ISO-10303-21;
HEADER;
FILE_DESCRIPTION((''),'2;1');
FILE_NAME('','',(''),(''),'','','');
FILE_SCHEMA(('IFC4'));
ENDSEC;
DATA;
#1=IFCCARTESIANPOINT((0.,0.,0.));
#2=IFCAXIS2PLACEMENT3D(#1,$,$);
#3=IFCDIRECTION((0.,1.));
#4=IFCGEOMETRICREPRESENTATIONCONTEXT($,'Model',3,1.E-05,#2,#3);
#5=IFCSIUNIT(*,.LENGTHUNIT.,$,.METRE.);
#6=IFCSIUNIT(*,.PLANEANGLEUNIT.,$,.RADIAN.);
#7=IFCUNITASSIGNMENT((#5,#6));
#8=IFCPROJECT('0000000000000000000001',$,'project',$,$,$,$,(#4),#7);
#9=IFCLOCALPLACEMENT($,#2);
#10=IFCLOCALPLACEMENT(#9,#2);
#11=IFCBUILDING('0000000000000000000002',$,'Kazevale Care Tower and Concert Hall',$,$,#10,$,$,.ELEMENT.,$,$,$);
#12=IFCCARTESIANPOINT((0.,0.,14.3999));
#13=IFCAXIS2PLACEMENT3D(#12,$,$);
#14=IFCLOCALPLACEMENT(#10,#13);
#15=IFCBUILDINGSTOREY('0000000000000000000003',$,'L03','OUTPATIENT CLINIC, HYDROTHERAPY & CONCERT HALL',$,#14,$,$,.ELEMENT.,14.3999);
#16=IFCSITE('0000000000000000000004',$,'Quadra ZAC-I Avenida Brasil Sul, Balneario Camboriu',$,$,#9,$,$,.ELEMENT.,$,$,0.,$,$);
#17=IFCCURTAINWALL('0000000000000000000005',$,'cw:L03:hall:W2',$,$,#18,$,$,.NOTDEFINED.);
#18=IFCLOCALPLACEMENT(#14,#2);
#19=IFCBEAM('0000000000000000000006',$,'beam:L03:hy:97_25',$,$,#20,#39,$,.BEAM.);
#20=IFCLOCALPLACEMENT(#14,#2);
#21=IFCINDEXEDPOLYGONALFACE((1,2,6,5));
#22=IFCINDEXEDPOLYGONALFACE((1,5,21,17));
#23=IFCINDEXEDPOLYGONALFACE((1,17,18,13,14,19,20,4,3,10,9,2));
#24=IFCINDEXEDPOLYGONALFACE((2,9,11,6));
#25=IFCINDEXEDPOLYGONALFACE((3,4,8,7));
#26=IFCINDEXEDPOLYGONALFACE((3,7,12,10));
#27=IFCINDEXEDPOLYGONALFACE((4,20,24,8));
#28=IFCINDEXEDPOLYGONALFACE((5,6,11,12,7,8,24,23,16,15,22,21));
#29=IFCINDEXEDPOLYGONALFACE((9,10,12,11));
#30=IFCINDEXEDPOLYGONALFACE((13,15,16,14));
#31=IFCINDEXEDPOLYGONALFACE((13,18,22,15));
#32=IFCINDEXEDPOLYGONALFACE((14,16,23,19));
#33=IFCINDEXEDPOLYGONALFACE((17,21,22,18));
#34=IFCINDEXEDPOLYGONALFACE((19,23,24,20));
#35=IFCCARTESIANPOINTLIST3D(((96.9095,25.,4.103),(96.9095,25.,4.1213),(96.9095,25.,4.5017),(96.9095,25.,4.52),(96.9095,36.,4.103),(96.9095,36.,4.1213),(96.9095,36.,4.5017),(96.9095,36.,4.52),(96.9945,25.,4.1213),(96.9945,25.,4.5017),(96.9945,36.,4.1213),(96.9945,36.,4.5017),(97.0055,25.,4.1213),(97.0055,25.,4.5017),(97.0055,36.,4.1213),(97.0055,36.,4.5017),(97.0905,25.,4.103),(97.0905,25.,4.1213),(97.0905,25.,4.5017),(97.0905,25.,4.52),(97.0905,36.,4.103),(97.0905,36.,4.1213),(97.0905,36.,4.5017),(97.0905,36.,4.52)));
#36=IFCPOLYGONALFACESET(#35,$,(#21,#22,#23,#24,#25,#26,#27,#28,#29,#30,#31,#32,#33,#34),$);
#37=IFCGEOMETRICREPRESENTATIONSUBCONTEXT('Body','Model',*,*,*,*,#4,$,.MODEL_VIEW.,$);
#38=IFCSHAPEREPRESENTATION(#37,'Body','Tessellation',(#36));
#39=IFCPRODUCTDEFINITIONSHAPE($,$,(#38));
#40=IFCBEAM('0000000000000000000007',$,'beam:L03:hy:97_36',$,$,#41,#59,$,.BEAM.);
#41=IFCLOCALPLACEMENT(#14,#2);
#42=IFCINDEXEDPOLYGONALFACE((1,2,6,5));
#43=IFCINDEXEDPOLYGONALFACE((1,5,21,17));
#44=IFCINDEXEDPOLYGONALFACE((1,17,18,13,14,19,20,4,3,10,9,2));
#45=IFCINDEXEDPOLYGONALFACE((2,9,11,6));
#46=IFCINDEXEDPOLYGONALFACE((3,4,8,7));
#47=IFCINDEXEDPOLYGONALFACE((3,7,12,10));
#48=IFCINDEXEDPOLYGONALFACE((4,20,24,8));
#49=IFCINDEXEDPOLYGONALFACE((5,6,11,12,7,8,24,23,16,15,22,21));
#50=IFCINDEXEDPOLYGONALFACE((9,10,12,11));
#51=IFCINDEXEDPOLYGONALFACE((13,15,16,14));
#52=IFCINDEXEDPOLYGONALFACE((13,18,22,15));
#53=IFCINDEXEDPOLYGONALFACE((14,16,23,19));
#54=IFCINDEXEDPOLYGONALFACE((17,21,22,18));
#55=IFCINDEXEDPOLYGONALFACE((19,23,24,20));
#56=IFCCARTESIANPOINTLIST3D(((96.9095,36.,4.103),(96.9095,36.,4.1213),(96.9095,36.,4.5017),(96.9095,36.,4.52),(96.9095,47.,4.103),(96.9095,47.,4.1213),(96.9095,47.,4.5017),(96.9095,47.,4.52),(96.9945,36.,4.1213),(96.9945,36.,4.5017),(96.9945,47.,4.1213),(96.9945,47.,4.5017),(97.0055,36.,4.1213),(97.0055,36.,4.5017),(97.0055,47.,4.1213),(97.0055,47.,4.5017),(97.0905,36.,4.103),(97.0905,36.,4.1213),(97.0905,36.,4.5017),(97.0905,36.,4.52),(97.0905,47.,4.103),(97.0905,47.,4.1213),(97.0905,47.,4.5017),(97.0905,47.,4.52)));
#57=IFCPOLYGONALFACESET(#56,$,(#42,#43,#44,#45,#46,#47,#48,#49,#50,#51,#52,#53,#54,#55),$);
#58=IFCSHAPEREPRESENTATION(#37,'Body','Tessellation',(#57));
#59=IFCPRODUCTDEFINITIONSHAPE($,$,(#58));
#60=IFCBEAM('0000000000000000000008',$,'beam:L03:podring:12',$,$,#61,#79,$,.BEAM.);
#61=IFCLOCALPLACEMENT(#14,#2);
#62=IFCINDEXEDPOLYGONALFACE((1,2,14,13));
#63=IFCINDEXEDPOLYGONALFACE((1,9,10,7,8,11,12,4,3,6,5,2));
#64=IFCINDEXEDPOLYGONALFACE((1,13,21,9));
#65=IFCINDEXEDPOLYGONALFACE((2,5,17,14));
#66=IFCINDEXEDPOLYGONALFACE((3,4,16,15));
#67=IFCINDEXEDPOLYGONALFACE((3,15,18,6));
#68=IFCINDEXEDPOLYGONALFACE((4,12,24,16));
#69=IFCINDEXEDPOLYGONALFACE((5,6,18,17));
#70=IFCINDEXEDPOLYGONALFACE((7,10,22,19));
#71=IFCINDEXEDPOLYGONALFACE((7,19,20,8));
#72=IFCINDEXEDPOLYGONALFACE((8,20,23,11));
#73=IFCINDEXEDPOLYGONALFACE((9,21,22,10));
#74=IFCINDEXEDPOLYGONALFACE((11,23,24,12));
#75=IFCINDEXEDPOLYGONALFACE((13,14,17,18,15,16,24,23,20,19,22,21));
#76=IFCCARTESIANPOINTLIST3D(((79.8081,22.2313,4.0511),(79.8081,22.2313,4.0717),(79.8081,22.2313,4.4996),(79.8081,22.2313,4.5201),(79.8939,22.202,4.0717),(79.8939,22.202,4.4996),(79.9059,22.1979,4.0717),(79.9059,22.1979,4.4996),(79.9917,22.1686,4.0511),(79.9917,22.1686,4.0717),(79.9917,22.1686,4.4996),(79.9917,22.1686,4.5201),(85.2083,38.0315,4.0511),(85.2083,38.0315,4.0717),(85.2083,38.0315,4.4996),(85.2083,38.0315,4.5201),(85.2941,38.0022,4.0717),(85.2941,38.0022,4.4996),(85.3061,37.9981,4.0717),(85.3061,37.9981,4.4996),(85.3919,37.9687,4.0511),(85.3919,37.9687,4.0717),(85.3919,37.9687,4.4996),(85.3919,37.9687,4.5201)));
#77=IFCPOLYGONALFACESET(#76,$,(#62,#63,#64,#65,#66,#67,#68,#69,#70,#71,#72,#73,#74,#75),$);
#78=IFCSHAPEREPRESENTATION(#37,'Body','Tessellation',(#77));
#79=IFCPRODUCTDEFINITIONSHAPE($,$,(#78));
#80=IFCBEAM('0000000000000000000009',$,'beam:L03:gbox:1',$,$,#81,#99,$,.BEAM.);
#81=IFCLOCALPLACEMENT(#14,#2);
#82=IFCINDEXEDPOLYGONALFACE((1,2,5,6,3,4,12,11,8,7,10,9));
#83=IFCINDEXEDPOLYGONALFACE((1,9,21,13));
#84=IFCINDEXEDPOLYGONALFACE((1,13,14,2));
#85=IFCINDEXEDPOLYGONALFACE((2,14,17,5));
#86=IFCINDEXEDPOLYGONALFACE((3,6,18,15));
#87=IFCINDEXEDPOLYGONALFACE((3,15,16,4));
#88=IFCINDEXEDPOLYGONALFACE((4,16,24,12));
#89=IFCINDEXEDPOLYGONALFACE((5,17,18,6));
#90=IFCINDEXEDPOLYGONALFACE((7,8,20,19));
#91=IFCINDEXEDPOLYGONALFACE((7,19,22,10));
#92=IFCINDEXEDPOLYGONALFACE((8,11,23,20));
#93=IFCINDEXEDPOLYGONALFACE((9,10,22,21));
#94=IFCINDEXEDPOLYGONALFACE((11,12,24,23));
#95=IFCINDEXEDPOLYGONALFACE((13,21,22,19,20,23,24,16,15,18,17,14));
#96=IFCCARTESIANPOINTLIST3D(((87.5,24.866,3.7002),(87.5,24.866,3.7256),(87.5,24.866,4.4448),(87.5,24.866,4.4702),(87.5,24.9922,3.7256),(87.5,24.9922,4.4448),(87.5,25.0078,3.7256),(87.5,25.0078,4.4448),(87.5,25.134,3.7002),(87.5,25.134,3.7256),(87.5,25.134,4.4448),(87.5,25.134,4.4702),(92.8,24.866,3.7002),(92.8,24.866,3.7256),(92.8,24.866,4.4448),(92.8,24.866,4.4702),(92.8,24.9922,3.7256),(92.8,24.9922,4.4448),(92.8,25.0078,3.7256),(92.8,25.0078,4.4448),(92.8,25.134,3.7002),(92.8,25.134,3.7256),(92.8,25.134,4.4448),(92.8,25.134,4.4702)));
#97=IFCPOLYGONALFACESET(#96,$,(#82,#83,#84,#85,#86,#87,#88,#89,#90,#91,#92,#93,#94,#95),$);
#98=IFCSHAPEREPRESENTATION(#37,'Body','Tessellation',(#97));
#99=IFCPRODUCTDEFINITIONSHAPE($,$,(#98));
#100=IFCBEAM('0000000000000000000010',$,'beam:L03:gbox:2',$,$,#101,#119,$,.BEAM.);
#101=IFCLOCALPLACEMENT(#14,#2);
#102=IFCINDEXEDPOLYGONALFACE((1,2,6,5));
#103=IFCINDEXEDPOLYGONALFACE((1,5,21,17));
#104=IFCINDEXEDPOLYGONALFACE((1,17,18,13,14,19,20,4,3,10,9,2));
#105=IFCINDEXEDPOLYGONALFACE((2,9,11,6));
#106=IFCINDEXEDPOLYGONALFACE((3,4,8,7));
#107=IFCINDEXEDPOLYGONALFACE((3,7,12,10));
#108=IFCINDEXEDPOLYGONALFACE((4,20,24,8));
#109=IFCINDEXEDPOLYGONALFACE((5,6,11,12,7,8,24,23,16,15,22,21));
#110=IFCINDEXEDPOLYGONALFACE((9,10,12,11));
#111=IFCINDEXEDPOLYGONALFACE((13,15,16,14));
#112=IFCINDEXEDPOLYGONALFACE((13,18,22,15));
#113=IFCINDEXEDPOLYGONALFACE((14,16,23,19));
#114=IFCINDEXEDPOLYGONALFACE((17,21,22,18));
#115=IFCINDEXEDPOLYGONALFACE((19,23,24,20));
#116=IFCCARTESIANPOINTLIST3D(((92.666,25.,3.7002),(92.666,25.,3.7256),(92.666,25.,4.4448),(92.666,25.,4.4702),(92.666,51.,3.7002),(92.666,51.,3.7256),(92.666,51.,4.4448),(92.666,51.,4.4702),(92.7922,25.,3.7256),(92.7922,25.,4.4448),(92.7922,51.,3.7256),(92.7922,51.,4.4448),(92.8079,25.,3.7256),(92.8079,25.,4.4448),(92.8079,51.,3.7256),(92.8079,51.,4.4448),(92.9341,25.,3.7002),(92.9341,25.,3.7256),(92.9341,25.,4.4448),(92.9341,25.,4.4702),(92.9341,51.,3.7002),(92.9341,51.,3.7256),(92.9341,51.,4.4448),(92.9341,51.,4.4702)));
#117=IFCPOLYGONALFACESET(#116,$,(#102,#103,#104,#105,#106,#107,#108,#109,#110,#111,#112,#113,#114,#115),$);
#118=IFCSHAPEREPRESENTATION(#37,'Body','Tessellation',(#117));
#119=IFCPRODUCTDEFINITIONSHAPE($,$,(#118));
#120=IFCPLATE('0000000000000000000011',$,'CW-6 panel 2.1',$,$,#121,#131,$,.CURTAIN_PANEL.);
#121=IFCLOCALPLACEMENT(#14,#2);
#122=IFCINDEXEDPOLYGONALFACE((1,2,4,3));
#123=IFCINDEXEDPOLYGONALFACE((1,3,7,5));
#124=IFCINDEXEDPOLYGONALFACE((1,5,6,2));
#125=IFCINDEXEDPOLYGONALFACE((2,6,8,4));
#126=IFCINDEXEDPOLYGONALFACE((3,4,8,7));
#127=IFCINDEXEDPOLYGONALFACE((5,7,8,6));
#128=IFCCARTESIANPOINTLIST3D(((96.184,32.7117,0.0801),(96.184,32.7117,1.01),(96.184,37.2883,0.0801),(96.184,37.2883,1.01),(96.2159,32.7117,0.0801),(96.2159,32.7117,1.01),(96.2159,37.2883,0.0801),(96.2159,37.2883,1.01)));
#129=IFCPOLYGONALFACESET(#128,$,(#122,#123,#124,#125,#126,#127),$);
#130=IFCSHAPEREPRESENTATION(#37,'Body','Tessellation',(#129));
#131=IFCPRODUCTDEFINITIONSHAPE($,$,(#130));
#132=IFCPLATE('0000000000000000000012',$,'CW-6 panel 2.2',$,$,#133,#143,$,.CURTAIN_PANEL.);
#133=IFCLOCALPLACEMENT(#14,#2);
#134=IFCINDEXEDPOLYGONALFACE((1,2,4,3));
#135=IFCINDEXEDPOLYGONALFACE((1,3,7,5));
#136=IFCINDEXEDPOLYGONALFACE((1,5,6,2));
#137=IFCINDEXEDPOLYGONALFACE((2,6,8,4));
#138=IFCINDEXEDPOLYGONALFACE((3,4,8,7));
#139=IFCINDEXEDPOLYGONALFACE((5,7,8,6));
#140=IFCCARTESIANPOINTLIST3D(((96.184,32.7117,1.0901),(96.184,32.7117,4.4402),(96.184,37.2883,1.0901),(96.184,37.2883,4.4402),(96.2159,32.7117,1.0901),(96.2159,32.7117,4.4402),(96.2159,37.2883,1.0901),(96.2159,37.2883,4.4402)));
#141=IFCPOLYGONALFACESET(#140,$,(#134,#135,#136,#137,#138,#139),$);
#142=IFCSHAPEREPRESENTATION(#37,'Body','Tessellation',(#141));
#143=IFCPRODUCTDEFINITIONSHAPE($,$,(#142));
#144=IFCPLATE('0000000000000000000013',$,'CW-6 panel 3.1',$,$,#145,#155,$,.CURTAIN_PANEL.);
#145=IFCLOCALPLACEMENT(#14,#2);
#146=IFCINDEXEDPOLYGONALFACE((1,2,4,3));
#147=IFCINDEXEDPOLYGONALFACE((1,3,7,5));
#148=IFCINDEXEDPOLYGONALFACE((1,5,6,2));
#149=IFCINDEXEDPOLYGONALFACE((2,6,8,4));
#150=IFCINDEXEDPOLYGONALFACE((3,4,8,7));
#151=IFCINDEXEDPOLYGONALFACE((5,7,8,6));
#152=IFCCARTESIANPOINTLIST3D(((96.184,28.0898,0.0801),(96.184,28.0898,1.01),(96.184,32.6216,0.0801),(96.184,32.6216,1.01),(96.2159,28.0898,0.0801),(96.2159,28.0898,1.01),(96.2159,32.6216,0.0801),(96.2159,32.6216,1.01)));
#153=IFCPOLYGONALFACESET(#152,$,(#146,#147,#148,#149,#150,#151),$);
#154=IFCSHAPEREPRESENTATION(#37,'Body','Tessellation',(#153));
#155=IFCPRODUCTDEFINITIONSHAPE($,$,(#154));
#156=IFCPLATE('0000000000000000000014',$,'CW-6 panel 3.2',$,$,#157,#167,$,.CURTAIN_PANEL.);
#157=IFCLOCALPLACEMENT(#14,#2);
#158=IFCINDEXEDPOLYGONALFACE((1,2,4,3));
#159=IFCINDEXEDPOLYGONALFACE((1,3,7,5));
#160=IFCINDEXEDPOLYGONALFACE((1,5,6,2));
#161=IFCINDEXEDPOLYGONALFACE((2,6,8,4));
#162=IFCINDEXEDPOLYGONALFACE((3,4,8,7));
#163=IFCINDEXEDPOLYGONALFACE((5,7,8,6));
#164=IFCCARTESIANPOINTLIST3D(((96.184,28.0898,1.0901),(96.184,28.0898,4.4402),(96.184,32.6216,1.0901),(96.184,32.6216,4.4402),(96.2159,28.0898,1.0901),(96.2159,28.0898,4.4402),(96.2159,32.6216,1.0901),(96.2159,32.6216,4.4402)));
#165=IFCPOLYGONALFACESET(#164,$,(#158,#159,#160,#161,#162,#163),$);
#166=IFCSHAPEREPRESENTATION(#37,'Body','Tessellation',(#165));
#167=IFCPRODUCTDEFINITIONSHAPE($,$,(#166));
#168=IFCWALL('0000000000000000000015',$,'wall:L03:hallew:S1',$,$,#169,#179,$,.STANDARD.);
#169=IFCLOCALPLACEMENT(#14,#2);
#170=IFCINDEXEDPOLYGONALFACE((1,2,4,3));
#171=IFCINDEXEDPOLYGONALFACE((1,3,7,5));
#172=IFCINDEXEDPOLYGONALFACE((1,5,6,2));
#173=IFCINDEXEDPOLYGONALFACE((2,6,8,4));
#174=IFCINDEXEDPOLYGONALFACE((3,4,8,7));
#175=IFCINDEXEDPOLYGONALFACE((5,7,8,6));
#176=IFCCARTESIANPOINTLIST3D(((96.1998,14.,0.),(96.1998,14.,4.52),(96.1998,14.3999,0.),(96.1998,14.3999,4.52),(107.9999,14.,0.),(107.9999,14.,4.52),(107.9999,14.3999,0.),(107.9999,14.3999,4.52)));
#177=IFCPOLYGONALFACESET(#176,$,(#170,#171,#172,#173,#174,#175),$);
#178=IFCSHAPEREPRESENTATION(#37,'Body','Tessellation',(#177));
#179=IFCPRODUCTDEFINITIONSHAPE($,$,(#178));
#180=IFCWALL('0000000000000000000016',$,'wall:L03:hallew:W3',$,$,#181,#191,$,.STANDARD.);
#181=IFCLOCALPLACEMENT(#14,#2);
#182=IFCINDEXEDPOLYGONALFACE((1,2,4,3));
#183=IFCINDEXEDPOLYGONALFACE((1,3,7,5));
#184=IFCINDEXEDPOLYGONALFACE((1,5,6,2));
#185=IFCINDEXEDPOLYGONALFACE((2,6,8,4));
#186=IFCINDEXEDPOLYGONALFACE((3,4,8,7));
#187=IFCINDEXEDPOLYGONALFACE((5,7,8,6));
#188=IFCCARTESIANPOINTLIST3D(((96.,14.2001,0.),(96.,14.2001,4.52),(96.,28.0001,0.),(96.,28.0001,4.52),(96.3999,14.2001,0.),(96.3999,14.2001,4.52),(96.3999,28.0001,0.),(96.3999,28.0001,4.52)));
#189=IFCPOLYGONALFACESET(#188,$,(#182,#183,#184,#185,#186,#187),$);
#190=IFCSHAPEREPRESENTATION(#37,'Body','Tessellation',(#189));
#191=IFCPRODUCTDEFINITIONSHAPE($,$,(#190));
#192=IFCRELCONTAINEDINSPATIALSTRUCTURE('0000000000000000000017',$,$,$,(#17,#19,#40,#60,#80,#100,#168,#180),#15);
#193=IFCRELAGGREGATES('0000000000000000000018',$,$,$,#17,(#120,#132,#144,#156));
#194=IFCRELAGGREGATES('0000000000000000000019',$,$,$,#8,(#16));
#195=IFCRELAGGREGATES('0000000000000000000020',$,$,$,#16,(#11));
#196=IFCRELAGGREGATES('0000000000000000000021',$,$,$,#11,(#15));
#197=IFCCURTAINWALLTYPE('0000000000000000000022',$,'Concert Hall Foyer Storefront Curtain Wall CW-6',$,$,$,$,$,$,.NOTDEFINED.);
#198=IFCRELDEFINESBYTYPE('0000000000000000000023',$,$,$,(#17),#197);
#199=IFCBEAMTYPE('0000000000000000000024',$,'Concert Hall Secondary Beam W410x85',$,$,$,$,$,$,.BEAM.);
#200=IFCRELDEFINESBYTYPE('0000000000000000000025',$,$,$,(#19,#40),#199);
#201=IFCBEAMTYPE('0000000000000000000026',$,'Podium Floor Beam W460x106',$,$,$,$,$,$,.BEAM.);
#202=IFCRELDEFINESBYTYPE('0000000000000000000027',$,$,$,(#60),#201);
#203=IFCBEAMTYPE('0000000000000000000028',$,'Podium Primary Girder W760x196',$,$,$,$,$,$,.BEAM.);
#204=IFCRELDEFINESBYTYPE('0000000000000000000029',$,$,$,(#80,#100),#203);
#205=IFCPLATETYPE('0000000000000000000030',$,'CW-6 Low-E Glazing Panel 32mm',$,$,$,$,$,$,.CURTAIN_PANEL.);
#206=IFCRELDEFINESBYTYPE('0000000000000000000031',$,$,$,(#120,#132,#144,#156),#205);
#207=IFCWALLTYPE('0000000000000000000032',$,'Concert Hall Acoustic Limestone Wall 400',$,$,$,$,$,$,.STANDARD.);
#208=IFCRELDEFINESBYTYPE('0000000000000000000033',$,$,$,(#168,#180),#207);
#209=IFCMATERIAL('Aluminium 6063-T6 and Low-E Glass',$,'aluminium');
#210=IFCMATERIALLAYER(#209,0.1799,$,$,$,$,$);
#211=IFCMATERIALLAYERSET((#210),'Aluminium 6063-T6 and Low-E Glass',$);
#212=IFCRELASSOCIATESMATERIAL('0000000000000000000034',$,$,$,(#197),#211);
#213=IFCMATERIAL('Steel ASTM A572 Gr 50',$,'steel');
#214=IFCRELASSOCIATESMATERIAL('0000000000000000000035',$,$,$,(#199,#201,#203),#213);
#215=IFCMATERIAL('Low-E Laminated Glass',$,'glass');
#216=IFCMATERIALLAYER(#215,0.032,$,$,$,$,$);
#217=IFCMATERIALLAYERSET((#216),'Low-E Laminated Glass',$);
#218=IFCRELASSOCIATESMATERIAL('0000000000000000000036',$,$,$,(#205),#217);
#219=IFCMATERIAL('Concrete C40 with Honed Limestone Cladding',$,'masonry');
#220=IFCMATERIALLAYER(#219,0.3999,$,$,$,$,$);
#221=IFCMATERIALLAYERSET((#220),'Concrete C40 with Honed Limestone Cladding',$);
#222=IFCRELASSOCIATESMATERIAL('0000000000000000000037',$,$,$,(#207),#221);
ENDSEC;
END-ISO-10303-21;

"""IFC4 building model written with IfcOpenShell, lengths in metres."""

from ifc_helpers import new_model, si_unit, direction, frame, frame_2d, origin, origin_2d, place, context, subcontext, project, spatial, rectangle, i_section, extrude, material, layer, layer_set, material_profile, profile_set, type_object, element, aggregate, save


model = new_model("IFC4")

# Units and contexts
model_context = context("Model", 3, precision=1e-05, world=origin(), true_north=direction((0.0, 1.0)))
body_context = subcontext(model_context, "Body", "Model", "MODEL_VIEW")
ifc_project = project(units=[si_unit("LENGTHUNIT", "METRE"), si_unit("PLANEANGLEUNIT", "RADIAN")], contexts=[model_context])

# Site, building, storey
site_placement = place(None, origin())
site = spatial("IfcSite", under=ifc_project, at=site_placement, Name="Quadra ZAC-I Avenida Brasil Sul, Balneario Camboriu", CompositionType="ELEMENT", RefElevation=0.0)
building_placement = place(site_placement, origin())
building = spatial("IfcBuilding", under=site, at=building_placement, Name="Kazevale Care Tower and Concert Hall", CompositionType="ELEMENT")
storey_placement = place(building_placement, frame((0.0, 0.0, 14.3999)))
storey = spatial("IfcBuildingStorey", under=building, at=storey_placement, Name="L03", Description="OUTPATIENT CLINIC, HYDROTHERAPY & CONCERT HALL", CompositionType="ELEMENT", Elevation=14.3999)

# Curtain wall
ifc_material_1 = material(Name="Aluminium 6063-T6 and Low-E Glass", Category="aluminium")
ifc_layer_1 = layer(ifc_material_1, 0.1799)
ifc_layer_set_1 = layer_set([ifc_layer_1], Name="Aluminium 6063-T6 and Low-E Glass")
curtain_wall_type = type_object("IfcCurtainWallType", Name="Concert Hall Foyer Storefront Curtain Wall CW-6", PredefinedType="NOTDEFINED", material=ifc_layer_set_1)
curtain_wall_placement = place(storey_placement, origin())
curtain_wall = element("IfcCurtainWall", 1, at=curtain_wall_placement, inside=storey, type_object=curtain_wall_type, Name="cw:L03:hall:W2", PredefinedType="NOTDEFINED")

# Beams
ifc_material_2 = material(Name="Steel ASTM A572 Gr 50", Category="steel")
ifc_material_profile_1 = material_profile(ifc_material_2, i_section(OverallWidth=0.1809, OverallDepth=0.417, WebThickness=0.011, FlangeThickness=0.0183, at=origin_2d()), Name="W410x85")
ifc_profile_set_1 = profile_set([ifc_material_profile_1], Name="Steel ASTM A572 Gr 50")
beam_type_1 = type_object("IfcBeamType", Name="Concert Hall Secondary Beam W410x85", PredefinedType="BEAM", material=ifc_profile_set_1)
for number, where, z_axis, x_axis, name in (
    (2, (97.0, 25.0, 4.3115), (0.0, 1.0, 0.0), (-1.0, 0.0, 0.0), "beam:L03:hy:97_25"),
    (3, (97.0, 36.0, 4.3115), (0.0, 1.0, 0.0), (-1.0, 0.0, 0.0), "beam:L03:hy:97_36"),
):
    element("IfcBeam", number, at=place(storey_placement, frame(where, z_axis=z_axis, x_axis=x_axis)), inside=storey, type_object=beam_type_1, Name=name, PredefinedType="BEAM", context=body_context, shape_type="SweptSolid", body=[
        extrude(i_section(OverallWidth=0.1809, OverallDepth=0.417, WebThickness=0.011, FlangeThickness=0.0183, at=origin_2d()), origin(), (0.0, 0.0, 1.0), 11.0),
    ])
ifc_material_profile_2 = material_profile(ifc_material_2, i_section(OverallWidth=0.1941, OverallDepth=0.469, WebThickness=0.0127, FlangeThickness=0.0205, at=origin_2d()), Name="W460x106")
ifc_profile_set_2 = profile_set([ifc_material_profile_2], Name="Steel ASTM A572 Gr 50")
beam_type_2 = type_object("IfcBeamType", Name="Podium Floor Beam W460x106", PredefinedType="BEAM", material=ifc_profile_set_2)
beam_1_placement = place(storey_placement, frame((79.8999, 22.2, 4.2856), z_axis=(0.323412, 0.946258, 0.0), x_axis=(-0.946258, 0.323412, 0.0)))
element("IfcBeam", 4, at=beam_1_placement, inside=storey, type_object=beam_type_2, Name="beam:L03:podring:12", PredefinedType="BEAM", context=body_context, shape_type="SweptSolid", body=[
    extrude(i_section(OverallWidth=0.1941, OverallDepth=0.469, WebThickness=0.0127, FlangeThickness=0.0205, at=origin_2d()), origin(), (0.0, 0.0, 1.0), 16.6975),
])
ifc_material_profile_3 = material_profile(ifc_material_2, i_section(OverallWidth=0.2681, OverallDepth=0.77, WebThickness=0.0156, FlangeThickness=0.0254, at=origin_2d()), Name="W760x196")
ifc_profile_set_3 = profile_set([ifc_material_profile_3], Name="Steel ASTM A572 Gr 50")
beam_type_3 = type_object("IfcBeamType", Name="Podium Primary Girder W760x196", PredefinedType="BEAM", material=ifc_profile_set_3)
beam_2_placement = place(storey_placement, frame((87.5, 25.0, 4.0852), z_axis=(1.0, 0.0, 0.0), x_axis=(0.0, 1.0, 0.0)))
element("IfcBeam", 5, at=beam_2_placement, inside=storey, type_object=beam_type_3, Name="beam:L03:gbox:1", PredefinedType="BEAM", context=body_context, shape_type="SweptSolid", body=[
    extrude(i_section(OverallWidth=0.2681, OverallDepth=0.77, WebThickness=0.0156, FlangeThickness=0.0254, at=origin_2d()), origin(), (0.0, 0.0, 1.0), 5.3),
])
beam_3_placement = place(storey_placement, frame((92.8, 25.0, 4.0852), z_axis=(0.0, 1.0, 0.0), x_axis=(-1.0, 0.0, 0.0)))
element("IfcBeam", 6, at=beam_3_placement, inside=storey, type_object=beam_type_3, Name="beam:L03:gbox:2", PredefinedType="BEAM", context=body_context, shape_type="SweptSolid", body=[
    extrude(i_section(OverallWidth=0.2681, OverallDepth=0.77, WebThickness=0.0156, FlangeThickness=0.0254, at=origin_2d()), origin(), (0.0, 0.0, 1.0), 26.0),
])

# Plates
ifc_material_3 = material(Name="Low-E Laminated Glass", Category="glass")
ifc_layer_2 = layer(ifc_material_3, 0.032)
ifc_layer_set_2 = layer_set([ifc_layer_2], Name="Low-E Laminated Glass")
plate_type = type_object("IfcPlateType", Name="CW-6 Low-E Glazing Panel 32mm", PredefinedType="CURTAIN_PANEL", material=ifc_layer_set_2)
plate_1_placement = place(storey_placement, frame((96.2, 35.0, 0.0801), z_axis=(0.0, 0.0, 1.0), x_axis=(0.0, -1.0, 0.0)))
plate_1 = element("IfcPlate", 7, at=plate_1_placement, type_object=plate_type, Name="CW-6 panel 2.1", PredefinedType="CURTAIN_PANEL", context=body_context, shape_type="SweptSolid", body=[
    extrude(rectangle(XDim=4.5767, YDim=0.032, at=origin_2d()), origin(), (0.0, 0.0, 1.0), 0.9299),
])
plate_2_placement = place(storey_placement, frame((96.2, 35.0, 1.0901), z_axis=(0.0, 0.0, 1.0), x_axis=(0.0, -1.0, 0.0)))
plate_2 = element("IfcPlate", 8, at=plate_2_placement, type_object=plate_type, Name="CW-6 panel 2.2", PredefinedType="CURTAIN_PANEL", context=body_context, shape_type="SweptSolid", body=[
    extrude(rectangle(XDim=4.5767, YDim=0.032, at=origin_2d()), origin(), (0.0, 0.0, 1.0), 3.3501),
])
plate_3_placement = place(storey_placement, frame((96.2, 30.3557, 0.0801), z_axis=(0.0, 0.0, 1.0), x_axis=(0.0, -1.0, 0.0)))
plate_3 = element("IfcPlate", 9, at=plate_3_placement, type_object=plate_type, Name="CW-6 panel 3.1", PredefinedType="CURTAIN_PANEL", context=body_context, shape_type="SweptSolid", body=[
    extrude(rectangle(XDim=4.5317, YDim=0.032, at=origin_2d()), origin(), (0.0, 0.0, 1.0), 0.9299),
])
plate_4_placement = place(storey_placement, frame((96.2, 30.3557, 1.0901), z_axis=(0.0, 0.0, 1.0), x_axis=(0.0, -1.0, 0.0)))
plate_4 = element("IfcPlate", 10, at=plate_4_placement, type_object=plate_type, Name="CW-6 panel 3.2", PredefinedType="CURTAIN_PANEL", context=body_context, shape_type="SweptSolid", body=[
    extrude(rectangle(XDim=4.5317, YDim=0.032, at=origin_2d()), origin(), (0.0, 0.0, 1.0), 3.3501),
])
aggregate(curtain_wall, [plate_1, plate_2, plate_3, plate_4])

# Walls
ifc_material_4 = material(Name="Concrete C40 with Honed Limestone Cladding", Category="masonry")
ifc_layer_3 = layer(ifc_material_4, 0.3999)
ifc_layer_set_3 = layer_set([ifc_layer_3], Name="Concrete C40 with Honed Limestone Cladding")
wall_type_1 = type_object("IfcWallType", Name="Concert Hall Acoustic Limestone Wall 400", PredefinedType="STANDARD", material=ifc_layer_set_3)
wall_1_placement = place(storey_placement, frame((96.2, 14.2, 0.0), z_axis=(0.0, 0.0, 1.0), x_axis=(1.0, 0.0, 0.0)))
element("IfcWall", 11, at=wall_1_placement, inside=storey, type_object=wall_type_1, Name="wall:L03:hallew:S1", PredefinedType="STANDARD", context=body_context, shape_type="SweptSolid", body=[
    extrude(rectangle(XDim=11.8, YDim=0.3999, at=frame_2d((5.8999, 0.0))), origin(), (0.0, 0.0, 1.0), 4.52),
])
wall_2_placement = place(storey_placement, frame((96.2, 28.0, 0.0), z_axis=(0.0, 0.0, 1.0), x_axis=(0.0, -1.0, 0.0)))
element("IfcWall", 12, at=wall_2_placement, inside=storey, type_object=wall_type_1, Name="wall:L03:hallew:W3", PredefinedType="STANDARD", context=body_context, shape_type="SweptSolid", body=[
    extrude(rectangle(XDim=13.8, YDim=0.3999, at=frame_2d((6.8999, 0.0))), origin(), (0.0, 0.0, 1.0), 4.52),
])

save(model, "model.ifc")
